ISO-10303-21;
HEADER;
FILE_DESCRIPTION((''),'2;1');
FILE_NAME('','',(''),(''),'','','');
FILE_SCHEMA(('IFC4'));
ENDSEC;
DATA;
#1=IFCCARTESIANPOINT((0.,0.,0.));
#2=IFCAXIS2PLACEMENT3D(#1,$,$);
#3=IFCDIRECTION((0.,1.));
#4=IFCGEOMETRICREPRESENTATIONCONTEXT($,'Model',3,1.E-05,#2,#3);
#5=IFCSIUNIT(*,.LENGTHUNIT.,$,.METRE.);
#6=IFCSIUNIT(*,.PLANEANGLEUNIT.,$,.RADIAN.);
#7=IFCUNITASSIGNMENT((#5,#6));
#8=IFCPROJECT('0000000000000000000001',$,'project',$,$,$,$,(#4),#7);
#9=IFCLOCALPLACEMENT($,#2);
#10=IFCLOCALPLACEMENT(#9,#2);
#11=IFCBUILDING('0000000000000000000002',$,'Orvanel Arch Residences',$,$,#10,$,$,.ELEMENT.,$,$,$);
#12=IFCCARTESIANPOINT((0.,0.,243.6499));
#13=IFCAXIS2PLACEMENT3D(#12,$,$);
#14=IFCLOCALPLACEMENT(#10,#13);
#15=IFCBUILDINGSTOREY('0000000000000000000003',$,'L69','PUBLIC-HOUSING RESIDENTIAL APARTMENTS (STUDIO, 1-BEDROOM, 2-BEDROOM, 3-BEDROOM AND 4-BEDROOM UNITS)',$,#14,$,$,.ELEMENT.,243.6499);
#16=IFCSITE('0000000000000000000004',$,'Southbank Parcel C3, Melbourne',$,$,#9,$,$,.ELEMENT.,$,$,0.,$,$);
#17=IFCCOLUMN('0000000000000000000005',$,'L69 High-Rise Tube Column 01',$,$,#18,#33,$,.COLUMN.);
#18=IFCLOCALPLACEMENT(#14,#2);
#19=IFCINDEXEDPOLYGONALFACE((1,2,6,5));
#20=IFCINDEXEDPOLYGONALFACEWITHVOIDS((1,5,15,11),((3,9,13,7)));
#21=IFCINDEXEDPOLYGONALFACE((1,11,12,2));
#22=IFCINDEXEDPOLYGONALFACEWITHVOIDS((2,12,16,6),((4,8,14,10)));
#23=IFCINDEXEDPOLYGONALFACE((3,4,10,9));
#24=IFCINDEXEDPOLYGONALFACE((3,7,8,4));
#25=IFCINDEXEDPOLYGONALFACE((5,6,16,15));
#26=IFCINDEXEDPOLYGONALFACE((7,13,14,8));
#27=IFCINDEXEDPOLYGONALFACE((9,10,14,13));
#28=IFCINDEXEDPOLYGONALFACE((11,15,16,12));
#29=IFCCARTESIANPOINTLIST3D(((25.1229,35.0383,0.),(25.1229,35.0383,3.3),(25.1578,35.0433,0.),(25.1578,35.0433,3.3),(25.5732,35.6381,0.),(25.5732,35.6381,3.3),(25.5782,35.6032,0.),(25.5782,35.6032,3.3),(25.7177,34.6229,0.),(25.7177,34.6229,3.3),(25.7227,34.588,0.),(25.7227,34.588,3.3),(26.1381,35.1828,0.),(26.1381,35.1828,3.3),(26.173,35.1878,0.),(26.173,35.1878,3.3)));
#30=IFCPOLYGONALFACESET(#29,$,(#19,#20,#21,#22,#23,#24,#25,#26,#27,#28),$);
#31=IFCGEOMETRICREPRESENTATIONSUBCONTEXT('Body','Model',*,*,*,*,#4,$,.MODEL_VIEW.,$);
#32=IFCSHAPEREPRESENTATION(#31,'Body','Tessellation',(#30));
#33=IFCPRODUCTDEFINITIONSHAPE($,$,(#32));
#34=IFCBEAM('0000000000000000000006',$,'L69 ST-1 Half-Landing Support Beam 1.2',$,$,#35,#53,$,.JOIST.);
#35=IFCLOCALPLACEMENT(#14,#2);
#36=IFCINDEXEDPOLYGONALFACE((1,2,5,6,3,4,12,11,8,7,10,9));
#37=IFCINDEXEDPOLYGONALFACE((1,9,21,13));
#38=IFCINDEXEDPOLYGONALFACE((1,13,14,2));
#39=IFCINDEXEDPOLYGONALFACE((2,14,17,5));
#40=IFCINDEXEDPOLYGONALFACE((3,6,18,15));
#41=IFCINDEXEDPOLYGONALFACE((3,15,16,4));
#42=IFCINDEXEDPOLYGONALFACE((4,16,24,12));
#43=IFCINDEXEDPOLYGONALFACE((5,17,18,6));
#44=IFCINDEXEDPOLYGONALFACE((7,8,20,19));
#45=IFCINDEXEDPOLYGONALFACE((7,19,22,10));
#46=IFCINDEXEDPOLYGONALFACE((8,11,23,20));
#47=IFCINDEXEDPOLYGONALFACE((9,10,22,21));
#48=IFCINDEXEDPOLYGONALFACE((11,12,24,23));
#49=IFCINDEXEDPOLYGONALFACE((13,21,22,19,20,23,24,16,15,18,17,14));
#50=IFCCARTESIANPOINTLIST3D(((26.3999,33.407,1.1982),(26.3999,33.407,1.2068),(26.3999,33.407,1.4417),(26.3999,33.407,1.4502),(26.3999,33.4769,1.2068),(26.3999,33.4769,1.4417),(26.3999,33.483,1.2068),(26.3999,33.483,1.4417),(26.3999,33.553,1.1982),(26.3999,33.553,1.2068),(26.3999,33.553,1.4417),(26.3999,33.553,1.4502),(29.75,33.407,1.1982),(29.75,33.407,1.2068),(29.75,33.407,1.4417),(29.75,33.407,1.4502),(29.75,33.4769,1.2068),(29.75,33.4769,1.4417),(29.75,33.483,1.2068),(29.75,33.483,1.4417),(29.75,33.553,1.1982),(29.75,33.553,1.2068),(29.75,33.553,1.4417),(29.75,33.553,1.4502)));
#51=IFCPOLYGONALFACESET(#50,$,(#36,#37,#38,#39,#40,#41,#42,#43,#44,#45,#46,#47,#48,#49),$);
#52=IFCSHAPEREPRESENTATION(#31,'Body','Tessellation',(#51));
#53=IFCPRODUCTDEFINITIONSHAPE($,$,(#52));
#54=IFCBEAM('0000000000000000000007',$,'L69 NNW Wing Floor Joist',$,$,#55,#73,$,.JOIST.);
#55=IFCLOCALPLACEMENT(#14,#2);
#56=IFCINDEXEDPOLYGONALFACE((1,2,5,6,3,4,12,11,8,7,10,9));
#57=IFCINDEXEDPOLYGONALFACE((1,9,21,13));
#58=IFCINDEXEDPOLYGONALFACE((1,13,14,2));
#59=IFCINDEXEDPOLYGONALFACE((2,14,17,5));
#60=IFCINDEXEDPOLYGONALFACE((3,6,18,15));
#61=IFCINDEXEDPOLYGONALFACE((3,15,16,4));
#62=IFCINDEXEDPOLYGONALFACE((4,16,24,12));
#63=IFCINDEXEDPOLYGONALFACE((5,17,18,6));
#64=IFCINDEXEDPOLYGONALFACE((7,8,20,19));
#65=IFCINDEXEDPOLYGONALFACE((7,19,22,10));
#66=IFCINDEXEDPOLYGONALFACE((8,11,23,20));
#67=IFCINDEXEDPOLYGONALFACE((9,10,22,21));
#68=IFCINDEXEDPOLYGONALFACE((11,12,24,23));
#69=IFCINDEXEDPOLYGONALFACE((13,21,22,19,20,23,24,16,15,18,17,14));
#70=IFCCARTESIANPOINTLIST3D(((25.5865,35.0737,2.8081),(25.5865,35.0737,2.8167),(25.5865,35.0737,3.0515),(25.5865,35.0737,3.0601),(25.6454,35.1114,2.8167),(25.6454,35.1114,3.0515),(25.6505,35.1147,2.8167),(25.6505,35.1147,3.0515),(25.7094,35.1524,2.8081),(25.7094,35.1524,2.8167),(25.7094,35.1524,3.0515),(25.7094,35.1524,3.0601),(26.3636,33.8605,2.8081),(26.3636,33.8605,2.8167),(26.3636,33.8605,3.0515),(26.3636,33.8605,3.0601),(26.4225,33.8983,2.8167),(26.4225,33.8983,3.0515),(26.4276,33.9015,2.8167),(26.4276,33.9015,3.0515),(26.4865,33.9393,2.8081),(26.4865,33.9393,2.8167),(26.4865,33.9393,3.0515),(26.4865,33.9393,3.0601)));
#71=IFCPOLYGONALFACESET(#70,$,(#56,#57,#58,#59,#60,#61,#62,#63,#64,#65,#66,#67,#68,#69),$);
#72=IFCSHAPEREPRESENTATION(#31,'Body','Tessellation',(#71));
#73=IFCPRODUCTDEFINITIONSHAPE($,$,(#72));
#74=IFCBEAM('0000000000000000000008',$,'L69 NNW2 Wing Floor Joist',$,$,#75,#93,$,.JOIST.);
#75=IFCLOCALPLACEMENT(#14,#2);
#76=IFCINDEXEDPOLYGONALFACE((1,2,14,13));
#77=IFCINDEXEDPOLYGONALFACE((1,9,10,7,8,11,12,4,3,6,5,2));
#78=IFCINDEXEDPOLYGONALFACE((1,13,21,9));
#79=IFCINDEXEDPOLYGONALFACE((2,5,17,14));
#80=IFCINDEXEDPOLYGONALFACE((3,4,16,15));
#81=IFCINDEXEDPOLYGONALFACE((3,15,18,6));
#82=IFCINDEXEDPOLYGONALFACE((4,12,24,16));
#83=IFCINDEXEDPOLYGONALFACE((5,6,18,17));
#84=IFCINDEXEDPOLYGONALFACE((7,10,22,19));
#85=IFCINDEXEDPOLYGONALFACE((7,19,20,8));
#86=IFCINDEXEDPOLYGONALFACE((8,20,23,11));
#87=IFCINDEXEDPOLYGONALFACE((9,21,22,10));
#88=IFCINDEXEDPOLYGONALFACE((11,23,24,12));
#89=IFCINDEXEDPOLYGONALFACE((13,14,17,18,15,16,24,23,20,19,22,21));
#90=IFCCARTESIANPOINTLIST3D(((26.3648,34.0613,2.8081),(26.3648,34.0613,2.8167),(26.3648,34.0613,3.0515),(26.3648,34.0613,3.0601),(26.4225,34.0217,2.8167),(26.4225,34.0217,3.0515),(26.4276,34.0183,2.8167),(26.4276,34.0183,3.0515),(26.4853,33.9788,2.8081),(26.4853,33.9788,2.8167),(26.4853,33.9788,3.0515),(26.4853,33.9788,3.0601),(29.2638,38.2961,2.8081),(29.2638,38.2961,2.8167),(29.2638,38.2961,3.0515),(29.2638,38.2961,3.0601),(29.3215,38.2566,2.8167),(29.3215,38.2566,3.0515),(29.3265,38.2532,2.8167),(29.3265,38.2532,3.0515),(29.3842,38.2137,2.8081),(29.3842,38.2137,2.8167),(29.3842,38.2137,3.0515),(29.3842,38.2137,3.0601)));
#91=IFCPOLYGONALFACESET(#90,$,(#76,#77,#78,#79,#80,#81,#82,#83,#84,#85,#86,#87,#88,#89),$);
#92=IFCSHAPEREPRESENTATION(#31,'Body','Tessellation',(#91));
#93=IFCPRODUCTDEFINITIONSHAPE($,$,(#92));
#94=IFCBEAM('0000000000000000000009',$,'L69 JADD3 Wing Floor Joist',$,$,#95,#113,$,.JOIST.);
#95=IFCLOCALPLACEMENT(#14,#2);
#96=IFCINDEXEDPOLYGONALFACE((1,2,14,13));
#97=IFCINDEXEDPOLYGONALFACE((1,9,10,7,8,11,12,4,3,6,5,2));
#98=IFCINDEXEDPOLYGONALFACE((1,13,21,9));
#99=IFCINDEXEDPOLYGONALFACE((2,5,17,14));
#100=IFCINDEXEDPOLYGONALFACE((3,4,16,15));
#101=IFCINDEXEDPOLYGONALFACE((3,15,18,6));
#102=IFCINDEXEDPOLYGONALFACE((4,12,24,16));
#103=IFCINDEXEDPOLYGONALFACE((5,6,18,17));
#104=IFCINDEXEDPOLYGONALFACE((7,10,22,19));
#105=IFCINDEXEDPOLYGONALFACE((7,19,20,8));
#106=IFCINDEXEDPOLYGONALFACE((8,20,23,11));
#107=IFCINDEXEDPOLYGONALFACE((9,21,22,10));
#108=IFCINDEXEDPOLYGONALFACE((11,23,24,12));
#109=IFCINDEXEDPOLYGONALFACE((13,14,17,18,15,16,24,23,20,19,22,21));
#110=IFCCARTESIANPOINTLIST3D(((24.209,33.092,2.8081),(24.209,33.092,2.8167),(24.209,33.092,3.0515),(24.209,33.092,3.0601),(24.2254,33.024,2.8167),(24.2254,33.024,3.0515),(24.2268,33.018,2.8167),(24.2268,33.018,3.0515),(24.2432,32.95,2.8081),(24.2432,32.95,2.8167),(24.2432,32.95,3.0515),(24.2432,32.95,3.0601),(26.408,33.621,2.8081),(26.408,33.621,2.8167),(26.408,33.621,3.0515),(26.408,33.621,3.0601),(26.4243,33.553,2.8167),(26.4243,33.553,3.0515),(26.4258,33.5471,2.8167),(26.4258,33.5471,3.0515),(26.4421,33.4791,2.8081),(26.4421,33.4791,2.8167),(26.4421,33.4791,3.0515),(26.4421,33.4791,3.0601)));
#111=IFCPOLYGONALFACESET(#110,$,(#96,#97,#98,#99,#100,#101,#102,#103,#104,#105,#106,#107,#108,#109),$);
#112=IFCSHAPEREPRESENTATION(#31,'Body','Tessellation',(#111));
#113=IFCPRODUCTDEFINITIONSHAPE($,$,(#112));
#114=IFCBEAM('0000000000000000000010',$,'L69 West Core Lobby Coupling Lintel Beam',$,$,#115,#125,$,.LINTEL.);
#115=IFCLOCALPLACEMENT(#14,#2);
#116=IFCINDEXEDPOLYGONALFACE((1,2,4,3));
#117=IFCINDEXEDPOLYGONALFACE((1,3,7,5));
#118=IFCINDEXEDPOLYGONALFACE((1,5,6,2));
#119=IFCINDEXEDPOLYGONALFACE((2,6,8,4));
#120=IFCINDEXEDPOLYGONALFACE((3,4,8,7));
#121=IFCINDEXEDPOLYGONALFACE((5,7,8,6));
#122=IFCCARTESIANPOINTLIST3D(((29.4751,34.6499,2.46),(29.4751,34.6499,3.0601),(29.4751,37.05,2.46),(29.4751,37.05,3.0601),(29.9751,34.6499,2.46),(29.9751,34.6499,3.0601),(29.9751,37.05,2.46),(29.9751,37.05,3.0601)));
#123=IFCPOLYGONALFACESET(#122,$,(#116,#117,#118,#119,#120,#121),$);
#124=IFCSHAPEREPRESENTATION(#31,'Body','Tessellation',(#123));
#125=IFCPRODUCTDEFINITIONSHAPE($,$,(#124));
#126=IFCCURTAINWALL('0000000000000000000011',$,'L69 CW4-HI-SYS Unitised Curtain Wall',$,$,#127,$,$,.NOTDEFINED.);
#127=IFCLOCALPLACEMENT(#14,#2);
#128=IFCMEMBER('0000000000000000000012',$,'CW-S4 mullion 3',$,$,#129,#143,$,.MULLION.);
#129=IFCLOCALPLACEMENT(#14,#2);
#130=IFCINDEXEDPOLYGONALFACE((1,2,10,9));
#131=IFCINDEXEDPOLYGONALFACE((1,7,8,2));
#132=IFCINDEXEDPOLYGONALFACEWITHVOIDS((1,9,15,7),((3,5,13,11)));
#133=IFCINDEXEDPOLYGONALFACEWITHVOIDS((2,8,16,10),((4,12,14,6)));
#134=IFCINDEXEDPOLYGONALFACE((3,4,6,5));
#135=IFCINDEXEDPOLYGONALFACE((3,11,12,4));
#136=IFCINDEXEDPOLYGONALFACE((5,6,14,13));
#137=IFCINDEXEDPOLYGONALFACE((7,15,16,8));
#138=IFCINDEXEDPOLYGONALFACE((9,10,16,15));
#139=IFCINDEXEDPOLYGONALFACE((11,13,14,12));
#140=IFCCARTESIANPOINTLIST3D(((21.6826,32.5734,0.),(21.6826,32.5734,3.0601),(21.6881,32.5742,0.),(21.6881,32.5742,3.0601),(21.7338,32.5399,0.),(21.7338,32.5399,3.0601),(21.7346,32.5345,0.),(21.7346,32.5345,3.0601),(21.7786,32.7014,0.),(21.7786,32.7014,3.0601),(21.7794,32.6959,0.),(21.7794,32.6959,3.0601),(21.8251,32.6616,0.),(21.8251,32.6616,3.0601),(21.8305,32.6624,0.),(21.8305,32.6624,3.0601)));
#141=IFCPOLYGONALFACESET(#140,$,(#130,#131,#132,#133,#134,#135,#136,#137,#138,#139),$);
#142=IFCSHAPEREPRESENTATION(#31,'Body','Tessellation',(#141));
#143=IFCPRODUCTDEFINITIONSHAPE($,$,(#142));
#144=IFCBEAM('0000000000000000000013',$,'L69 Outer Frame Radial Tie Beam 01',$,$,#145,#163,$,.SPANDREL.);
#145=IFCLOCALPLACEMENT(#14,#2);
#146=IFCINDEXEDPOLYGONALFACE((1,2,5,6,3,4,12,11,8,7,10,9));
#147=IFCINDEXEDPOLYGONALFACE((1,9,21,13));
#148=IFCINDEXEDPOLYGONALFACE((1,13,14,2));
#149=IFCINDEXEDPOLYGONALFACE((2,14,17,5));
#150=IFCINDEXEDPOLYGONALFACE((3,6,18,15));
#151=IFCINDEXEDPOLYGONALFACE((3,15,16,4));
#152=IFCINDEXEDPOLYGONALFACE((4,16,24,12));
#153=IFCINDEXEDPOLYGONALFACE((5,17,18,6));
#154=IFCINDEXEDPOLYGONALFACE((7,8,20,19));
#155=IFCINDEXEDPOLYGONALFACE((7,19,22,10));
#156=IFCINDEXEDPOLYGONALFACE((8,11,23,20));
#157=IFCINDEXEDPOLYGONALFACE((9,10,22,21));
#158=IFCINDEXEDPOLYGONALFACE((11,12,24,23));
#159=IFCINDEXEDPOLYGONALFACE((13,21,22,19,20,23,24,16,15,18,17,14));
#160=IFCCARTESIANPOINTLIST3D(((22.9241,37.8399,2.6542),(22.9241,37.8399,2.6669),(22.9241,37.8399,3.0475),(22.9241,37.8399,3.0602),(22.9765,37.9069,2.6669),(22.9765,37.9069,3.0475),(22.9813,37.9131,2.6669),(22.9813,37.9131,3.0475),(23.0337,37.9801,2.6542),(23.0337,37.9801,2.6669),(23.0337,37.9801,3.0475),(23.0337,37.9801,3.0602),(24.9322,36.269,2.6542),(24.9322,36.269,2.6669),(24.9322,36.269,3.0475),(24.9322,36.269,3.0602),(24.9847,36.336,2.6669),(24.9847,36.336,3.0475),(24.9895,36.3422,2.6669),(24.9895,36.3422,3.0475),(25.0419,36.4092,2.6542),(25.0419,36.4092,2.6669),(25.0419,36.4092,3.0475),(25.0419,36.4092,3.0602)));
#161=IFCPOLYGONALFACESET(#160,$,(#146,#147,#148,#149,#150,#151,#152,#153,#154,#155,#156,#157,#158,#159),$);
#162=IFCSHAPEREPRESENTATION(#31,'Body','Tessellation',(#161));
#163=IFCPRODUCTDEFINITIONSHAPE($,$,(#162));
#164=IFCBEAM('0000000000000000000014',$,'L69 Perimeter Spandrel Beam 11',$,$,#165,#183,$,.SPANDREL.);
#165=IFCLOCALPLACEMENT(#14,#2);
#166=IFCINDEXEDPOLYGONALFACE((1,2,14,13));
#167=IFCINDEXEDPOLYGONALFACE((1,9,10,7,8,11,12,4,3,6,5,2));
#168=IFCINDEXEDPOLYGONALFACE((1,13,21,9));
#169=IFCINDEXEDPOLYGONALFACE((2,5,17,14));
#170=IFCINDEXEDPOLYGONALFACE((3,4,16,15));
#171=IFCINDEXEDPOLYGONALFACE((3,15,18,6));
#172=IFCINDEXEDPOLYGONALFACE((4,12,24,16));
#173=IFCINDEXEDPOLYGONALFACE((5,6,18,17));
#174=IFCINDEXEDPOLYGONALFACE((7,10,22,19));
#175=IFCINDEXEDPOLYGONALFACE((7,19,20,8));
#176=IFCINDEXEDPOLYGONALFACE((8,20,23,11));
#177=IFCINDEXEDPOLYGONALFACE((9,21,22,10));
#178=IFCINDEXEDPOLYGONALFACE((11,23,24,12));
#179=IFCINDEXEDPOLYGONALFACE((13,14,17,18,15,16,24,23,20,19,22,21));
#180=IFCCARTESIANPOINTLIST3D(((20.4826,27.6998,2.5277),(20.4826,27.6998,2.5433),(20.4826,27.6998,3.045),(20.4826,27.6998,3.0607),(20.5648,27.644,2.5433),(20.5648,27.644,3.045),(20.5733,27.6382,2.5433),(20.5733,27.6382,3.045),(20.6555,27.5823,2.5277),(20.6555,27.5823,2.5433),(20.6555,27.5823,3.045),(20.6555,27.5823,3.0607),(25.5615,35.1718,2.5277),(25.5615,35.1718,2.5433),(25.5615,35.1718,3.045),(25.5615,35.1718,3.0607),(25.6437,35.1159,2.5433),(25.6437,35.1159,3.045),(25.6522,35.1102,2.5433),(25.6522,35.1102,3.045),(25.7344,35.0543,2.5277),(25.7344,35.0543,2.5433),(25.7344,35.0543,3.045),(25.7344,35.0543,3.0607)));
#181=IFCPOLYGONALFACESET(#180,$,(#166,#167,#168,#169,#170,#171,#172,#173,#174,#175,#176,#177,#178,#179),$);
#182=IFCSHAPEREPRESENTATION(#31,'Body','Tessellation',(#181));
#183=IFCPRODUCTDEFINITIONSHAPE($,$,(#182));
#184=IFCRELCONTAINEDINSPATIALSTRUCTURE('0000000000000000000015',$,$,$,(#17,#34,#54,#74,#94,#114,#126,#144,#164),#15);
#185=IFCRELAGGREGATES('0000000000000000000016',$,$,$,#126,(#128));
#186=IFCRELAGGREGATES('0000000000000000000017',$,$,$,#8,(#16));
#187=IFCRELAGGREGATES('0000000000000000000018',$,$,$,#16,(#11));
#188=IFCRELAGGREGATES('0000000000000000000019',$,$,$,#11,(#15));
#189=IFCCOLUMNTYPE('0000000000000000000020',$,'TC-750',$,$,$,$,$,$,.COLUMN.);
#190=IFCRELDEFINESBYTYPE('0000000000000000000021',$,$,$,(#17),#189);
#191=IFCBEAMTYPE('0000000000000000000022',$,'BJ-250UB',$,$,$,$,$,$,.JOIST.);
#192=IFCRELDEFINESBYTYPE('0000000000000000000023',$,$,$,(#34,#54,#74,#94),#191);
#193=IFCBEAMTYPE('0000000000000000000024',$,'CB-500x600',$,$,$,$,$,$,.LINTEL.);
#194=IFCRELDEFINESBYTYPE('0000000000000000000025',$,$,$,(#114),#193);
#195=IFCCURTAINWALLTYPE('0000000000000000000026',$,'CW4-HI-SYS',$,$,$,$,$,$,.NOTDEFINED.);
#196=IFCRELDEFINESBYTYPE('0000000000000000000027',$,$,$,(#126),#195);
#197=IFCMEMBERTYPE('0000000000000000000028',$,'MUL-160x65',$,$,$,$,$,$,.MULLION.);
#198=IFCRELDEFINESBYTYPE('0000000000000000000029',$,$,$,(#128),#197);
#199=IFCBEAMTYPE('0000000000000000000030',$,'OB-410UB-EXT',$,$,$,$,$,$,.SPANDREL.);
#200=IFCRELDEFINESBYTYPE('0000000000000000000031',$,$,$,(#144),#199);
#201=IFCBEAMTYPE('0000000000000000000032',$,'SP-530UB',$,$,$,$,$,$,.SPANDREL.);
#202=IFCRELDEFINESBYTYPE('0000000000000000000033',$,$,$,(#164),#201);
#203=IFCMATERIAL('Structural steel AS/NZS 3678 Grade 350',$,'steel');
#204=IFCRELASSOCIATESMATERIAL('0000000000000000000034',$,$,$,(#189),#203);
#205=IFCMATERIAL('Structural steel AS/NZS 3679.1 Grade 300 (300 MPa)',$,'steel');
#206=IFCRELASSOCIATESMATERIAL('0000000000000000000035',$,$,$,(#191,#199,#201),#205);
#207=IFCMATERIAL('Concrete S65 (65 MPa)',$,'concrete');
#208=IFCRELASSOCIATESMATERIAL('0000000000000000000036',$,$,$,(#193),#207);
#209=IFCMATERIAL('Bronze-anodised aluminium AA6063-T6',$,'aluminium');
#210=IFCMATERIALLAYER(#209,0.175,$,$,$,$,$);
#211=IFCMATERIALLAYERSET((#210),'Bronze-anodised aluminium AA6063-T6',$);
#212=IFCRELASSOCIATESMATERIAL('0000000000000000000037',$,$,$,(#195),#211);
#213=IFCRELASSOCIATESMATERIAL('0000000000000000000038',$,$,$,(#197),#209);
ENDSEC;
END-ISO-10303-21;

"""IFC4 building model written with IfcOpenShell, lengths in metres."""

from ifc_helpers import new_model, si_unit, direction, frame, origin, origin_2d, place, context, subcontext, project, spatial, rectangle, hollow_rectangle, i_section, extrude, material, layer, layer_set, material_profile, profile_set, type_object, element, aggregate, save


model = new_model("IFC4")

# Units and contexts
model_context = context("Model", 3, precision=1e-05, world=origin(), true_north=direction((0.0, 1.0)))
body_context = subcontext(model_context, "Body", "Model", "MODEL_VIEW")
ifc_project = project(units=[si_unit("LENGTHUNIT", "METRE"), si_unit("PLANEANGLEUNIT", "RADIAN")], contexts=[model_context])

# Site, building, storey
site_placement = place(None, origin())
site = spatial("IfcSite", under=ifc_project, at=site_placement, Name="Southbank Parcel C3, Melbourne", CompositionType="ELEMENT", RefElevation=0.0)
building_placement = place(site_placement, origin())
building = spatial("IfcBuilding", under=site, at=building_placement, Name="Orvanel Arch Residences", CompositionType="ELEMENT")
storey_placement = place(building_placement, frame((0.0, 0.0, 243.6499)))
storey = spatial("IfcBuildingStorey", under=building, at=storey_placement, Name="L69", Description="PUBLIC-HOUSING RESIDENTIAL APARTMENTS (STUDIO, 1-BEDROOM, 2-BEDROOM, 3-BEDROOM AND 4-BEDROOM UNITS)", CompositionType="ELEMENT", Elevation=243.6499)

# Column
ifc_material_1 = material(Name="Structural steel AS/NZS 3678 Grade 350", Category="steel")
ifc_material_profile_1 = material_profile(ifc_material_1, hollow_rectangle(XDim=0.75, YDim=0.75, WallThickness=0.0249, at=origin_2d()), Name="BOX750x750x25")
ifc_profile_set_1 = profile_set([ifc_material_profile_1], Name="Structural steel AS/NZS 3678 Grade 350")
column_type = type_object("IfcColumnType", Name="TC-750", PredefinedType="COLUMN", material=ifc_profile_set_1)
column_placement = place(storey_placement, frame((25.6479, 35.113, 0.0), z_axis=(0.0, 0.0, 1.0), x_axis=(0.60042, 0.799685, 0.0)))
element("IfcColumn", 1, at=column_placement, inside=storey, type_object=column_type, Name="L69 High-Rise Tube Column 01", PredefinedType="COLUMN", context=body_context, shape_type="SweptSolid", body=[
    extrude(hollow_rectangle(XDim=0.75, YDim=0.75, WallThickness=0.0249, at=origin_2d()), origin(), (0.0, 0.0, 1.0), 3.3),
])

# Beams
ifc_material_2 = material(Name="Structural steel AS/NZS 3679.1 Grade 300 (300 MPa)", Category="steel")
ifc_material_profile_2 = material_profile(ifc_material_2, i_section(OverallWidth=0.146, OverallDepth=0.252, WebThickness=0.0061, FlangeThickness=0.0085, at=origin_2d()), Name="250UB31.4")
ifc_profile_set_2 = profile_set([ifc_material_profile_2], Name="Structural steel AS/NZS 3679.1 Grade 300 (300 MPa)")
beam_type_1 = type_object("IfcBeamType", Name="BJ-250UB", PredefinedType="JOIST", material=ifc_profile_set_2)
beam_1_placement = place(storey_placement, frame((26.3999, 33.48, 1.3242), z_axis=(1.0, 0.0, 0.0), x_axis=(0.0, 1.0, 0.0)))
element("IfcBeam", 2, at=beam_1_placement, inside=storey, type_object=beam_type_1, Name="L69 ST-1 Half-Landing Support Beam 1.2", PredefinedType="JOIST", context=body_context, shape_type="SweptSolid", body=[
    extrude(i_section(OverallWidth=0.146, OverallDepth=0.252, WebThickness=0.0061, FlangeThickness=0.0085, at=origin_2d()), origin(), (0.0, 0.0, 1.0), 3.3501),
])
beam_2_placement = place(storey_placement, frame((26.425, 33.8999, 2.9341), z_axis=(-0.539395, 0.842053, 0.0), x_axis=(-0.842053, -0.539395, 0.0)))
element("IfcBeam", 3, at=beam_2_placement, inside=storey, type_object=beam_type_1, Name="L69 NNW Wing Floor Joist", PredefinedType="JOIST", context=body_context, shape_type="SweptSolid", body=[
    extrude(i_section(OverallWidth=0.146, OverallDepth=0.252, WebThickness=0.0061, FlangeThickness=0.0085, at=origin_2d()), origin(), (0.0, 0.0, 1.0), 1.4407),
])
beam_3_placement = place(storey_placement, frame((26.425, 34.02, 2.9341), z_axis=(0.564868, 0.825181, 0.0), x_axis=(-0.825181, 0.564868, 0.0)))
element("IfcBeam", 4, at=beam_3_placement, inside=storey, type_object=beam_type_1, Name="L69 NNW2 Wing Floor Joist", PredefinedType="JOIST", context=body_context, shape_type="SweptSolid", body=[
    extrude(i_section(OverallWidth=0.146, OverallDepth=0.252, WebThickness=0.0061, FlangeThickness=0.0085, at=origin_2d()), origin(), (0.0, 0.0, 1.0), 5.1321),
])
beam_4_placement = place(storey_placement, frame((26.425, 33.55, 2.9341), z_axis=(-0.972257, -0.233916, 0.0), x_axis=(0.233916, -0.972257, 0.0)))
element("IfcBeam", 5, at=beam_4_placement, inside=storey, type_object=beam_type_1, Name="L69 JADD3 Wing Floor Joist", PredefinedType="JOIST", context=body_context, shape_type="SweptSolid", body=[
    extrude(i_section(OverallWidth=0.146, OverallDepth=0.252, WebThickness=0.0061, FlangeThickness=0.0085, at=origin_2d()), origin(), (0.0, 0.0, 1.0), 2.2617),
])
ifc_material_3 = material(Name="Concrete S65 (65 MPa)", Category="concrete")
ifc_material_profile_3 = material_profile(ifc_material_3, rectangle(XDim=0.5, YDim=0.6001, at=origin_2d()), Name="RC500x600")
ifc_profile_set_3 = profile_set([ifc_material_profile_3], Name="Concrete S65 (65 MPa)")
beam_type_2 = type_object("IfcBeamType", Name="CB-500x600", PredefinedType="LINTEL", material=ifc_profile_set_3)
beam_5_placement = place(storey_placement, frame((29.7251, 34.6499, 2.76), z_axis=(0.0, 1.0, 0.0), x_axis=(-1.0, 0.0, 0.0)))
element("IfcBeam", 6, at=beam_5_placement, inside=storey, type_object=beam_type_2, Name="L69 West Core Lobby Coupling Lintel Beam", PredefinedType="LINTEL", context=body_context, shape_type="SweptSolid", body=[
    extrude(rectangle(XDim=0.5, YDim=0.6001, at=origin_2d()), origin(), (0.0, 0.0, 1.0), 2.4001),
])

# Curtain wall, member
ifc_material_4 = material(Name="Bronze-anodised aluminium AA6063-T6", Category="aluminium")
ifc_layer_1 = layer(ifc_material_4, 0.175)
ifc_layer_set_1 = layer_set([ifc_layer_1], Name="Bronze-anodised aluminium AA6063-T6")
curtain_wall_type = type_object("IfcCurtainWallType", Name="CW4-HI-SYS", PredefinedType="NOTDEFINED", material=ifc_layer_set_1)
curtain_wall_placement = place(storey_placement, origin())
curtain_wall = element("IfcCurtainWall", 7, at=curtain_wall_placement, inside=storey, type_object=curtain_wall_type, Name="L69 CW4-HI-SYS Unitised Curtain Wall", PredefinedType="NOTDEFINED")
ifc_material_profile_4 = material_profile(ifc_material_4, hollow_rectangle(XDim=0.0649, YDim=0.1599, WallThickness=0.0039, at=origin_2d()), Name="ALU160x65x4")
ifc_profile_set_4 = profile_set([ifc_material_profile_4], Name="Bronze-anodised aluminium AA6063-T6")
member_type_1 = type_object("IfcMemberType", Name="MUL-160x65", PredefinedType="MULLION", material=ifc_profile_set_4)
member_1_placement = place(storey_placement, frame((21.7566, 32.6179, 0.0), z_axis=(0.0, 0.0, 1.0), x_axis=(0.800074, -0.599901, 0.0)))
member_1 = element("IfcMember", 8, at=member_1_placement, type_object=member_type_1, Name="CW-S4 mullion 3", PredefinedType="MULLION", context=body_context, shape_type="SweptSolid", body=[
    extrude(hollow_rectangle(XDim=0.0649, YDim=0.1599, WallThickness=0.0039, at=origin_2d()), origin(), (0.0, 0.0, 1.0), 3.0601),
])

# Beams
ifc_material_profile_5 = material_profile(ifc_material_2, i_section(OverallWidth=0.178, OverallDepth=0.406, WebThickness=0.0078, FlangeThickness=0.0127, at=origin_2d()), Name="410UB59.7")
ifc_profile_set_5 = profile_set([ifc_material_profile_5], Name="Structural steel AS/NZS 3679.1 Grade 300 (300 MPa)")
beam_type_3 = type_object("IfcBeamType", Name="OB-410UB-EXT", PredefinedType="SPANDREL", material=ifc_profile_set_5)
beam_6_placement = place(storey_placement, frame((24.9871, 36.3391, 2.8572), z_axis=(-0.787642, 0.616133, 0.0), x_axis=(-0.616133, -0.787642, 0.0)))
element("IfcBeam", 9, at=beam_6_placement, inside=storey, type_object=beam_type_3, Name="L69 Outer Frame Radial Tie Beam 01", PredefinedType="SPANDREL", context=body_context, shape_type="SweptSolid", body=[
    extrude(i_section(OverallWidth=0.178, OverallDepth=0.406, WebThickness=0.0078, FlangeThickness=0.0127, at=origin_2d()), origin(), (0.0, 0.0, 1.0), 2.5496),
])
ifc_material_profile_6 = material_profile(ifc_material_2, i_section(OverallWidth=0.209, OverallDepth=0.533, WebThickness=0.0103, FlangeThickness=0.0156, at=origin_2d()), Name="530UB92.4")
ifc_profile_set_6 = profile_set([ifc_material_profile_6], Name="Structural steel AS/NZS 3679.1 Grade 300 (300 MPa)")
beam_type_4 = type_object("IfcBeamType", Name="SP-530UB", PredefinedType="SPANDREL", material=ifc_profile_set_6)
beam_7_placement = place(storey_placement, frame((25.6479, 35.113, 2.7942), z_axis=(-0.562155, -0.827032, 0.0), x_axis=(0.827032, -0.562155, 0.0)))
element("IfcBeam", 10, at=beam_7_placement, inside=storey, type_object=beam_type_4, Name="L69 Perimeter Spandrel Beam 11", PredefinedType="SPANDREL", context=body_context, shape_type="SweptSolid", body=[
    extrude(i_section(OverallWidth=0.209, OverallDepth=0.533, WebThickness=0.0103, FlangeThickness=0.0156, at=origin_2d()), origin(), (0.0, 0.0, 1.0), 9.0347),
])

aggregate(curtain_wall, [member_1])

save(model, "model.ifc")
